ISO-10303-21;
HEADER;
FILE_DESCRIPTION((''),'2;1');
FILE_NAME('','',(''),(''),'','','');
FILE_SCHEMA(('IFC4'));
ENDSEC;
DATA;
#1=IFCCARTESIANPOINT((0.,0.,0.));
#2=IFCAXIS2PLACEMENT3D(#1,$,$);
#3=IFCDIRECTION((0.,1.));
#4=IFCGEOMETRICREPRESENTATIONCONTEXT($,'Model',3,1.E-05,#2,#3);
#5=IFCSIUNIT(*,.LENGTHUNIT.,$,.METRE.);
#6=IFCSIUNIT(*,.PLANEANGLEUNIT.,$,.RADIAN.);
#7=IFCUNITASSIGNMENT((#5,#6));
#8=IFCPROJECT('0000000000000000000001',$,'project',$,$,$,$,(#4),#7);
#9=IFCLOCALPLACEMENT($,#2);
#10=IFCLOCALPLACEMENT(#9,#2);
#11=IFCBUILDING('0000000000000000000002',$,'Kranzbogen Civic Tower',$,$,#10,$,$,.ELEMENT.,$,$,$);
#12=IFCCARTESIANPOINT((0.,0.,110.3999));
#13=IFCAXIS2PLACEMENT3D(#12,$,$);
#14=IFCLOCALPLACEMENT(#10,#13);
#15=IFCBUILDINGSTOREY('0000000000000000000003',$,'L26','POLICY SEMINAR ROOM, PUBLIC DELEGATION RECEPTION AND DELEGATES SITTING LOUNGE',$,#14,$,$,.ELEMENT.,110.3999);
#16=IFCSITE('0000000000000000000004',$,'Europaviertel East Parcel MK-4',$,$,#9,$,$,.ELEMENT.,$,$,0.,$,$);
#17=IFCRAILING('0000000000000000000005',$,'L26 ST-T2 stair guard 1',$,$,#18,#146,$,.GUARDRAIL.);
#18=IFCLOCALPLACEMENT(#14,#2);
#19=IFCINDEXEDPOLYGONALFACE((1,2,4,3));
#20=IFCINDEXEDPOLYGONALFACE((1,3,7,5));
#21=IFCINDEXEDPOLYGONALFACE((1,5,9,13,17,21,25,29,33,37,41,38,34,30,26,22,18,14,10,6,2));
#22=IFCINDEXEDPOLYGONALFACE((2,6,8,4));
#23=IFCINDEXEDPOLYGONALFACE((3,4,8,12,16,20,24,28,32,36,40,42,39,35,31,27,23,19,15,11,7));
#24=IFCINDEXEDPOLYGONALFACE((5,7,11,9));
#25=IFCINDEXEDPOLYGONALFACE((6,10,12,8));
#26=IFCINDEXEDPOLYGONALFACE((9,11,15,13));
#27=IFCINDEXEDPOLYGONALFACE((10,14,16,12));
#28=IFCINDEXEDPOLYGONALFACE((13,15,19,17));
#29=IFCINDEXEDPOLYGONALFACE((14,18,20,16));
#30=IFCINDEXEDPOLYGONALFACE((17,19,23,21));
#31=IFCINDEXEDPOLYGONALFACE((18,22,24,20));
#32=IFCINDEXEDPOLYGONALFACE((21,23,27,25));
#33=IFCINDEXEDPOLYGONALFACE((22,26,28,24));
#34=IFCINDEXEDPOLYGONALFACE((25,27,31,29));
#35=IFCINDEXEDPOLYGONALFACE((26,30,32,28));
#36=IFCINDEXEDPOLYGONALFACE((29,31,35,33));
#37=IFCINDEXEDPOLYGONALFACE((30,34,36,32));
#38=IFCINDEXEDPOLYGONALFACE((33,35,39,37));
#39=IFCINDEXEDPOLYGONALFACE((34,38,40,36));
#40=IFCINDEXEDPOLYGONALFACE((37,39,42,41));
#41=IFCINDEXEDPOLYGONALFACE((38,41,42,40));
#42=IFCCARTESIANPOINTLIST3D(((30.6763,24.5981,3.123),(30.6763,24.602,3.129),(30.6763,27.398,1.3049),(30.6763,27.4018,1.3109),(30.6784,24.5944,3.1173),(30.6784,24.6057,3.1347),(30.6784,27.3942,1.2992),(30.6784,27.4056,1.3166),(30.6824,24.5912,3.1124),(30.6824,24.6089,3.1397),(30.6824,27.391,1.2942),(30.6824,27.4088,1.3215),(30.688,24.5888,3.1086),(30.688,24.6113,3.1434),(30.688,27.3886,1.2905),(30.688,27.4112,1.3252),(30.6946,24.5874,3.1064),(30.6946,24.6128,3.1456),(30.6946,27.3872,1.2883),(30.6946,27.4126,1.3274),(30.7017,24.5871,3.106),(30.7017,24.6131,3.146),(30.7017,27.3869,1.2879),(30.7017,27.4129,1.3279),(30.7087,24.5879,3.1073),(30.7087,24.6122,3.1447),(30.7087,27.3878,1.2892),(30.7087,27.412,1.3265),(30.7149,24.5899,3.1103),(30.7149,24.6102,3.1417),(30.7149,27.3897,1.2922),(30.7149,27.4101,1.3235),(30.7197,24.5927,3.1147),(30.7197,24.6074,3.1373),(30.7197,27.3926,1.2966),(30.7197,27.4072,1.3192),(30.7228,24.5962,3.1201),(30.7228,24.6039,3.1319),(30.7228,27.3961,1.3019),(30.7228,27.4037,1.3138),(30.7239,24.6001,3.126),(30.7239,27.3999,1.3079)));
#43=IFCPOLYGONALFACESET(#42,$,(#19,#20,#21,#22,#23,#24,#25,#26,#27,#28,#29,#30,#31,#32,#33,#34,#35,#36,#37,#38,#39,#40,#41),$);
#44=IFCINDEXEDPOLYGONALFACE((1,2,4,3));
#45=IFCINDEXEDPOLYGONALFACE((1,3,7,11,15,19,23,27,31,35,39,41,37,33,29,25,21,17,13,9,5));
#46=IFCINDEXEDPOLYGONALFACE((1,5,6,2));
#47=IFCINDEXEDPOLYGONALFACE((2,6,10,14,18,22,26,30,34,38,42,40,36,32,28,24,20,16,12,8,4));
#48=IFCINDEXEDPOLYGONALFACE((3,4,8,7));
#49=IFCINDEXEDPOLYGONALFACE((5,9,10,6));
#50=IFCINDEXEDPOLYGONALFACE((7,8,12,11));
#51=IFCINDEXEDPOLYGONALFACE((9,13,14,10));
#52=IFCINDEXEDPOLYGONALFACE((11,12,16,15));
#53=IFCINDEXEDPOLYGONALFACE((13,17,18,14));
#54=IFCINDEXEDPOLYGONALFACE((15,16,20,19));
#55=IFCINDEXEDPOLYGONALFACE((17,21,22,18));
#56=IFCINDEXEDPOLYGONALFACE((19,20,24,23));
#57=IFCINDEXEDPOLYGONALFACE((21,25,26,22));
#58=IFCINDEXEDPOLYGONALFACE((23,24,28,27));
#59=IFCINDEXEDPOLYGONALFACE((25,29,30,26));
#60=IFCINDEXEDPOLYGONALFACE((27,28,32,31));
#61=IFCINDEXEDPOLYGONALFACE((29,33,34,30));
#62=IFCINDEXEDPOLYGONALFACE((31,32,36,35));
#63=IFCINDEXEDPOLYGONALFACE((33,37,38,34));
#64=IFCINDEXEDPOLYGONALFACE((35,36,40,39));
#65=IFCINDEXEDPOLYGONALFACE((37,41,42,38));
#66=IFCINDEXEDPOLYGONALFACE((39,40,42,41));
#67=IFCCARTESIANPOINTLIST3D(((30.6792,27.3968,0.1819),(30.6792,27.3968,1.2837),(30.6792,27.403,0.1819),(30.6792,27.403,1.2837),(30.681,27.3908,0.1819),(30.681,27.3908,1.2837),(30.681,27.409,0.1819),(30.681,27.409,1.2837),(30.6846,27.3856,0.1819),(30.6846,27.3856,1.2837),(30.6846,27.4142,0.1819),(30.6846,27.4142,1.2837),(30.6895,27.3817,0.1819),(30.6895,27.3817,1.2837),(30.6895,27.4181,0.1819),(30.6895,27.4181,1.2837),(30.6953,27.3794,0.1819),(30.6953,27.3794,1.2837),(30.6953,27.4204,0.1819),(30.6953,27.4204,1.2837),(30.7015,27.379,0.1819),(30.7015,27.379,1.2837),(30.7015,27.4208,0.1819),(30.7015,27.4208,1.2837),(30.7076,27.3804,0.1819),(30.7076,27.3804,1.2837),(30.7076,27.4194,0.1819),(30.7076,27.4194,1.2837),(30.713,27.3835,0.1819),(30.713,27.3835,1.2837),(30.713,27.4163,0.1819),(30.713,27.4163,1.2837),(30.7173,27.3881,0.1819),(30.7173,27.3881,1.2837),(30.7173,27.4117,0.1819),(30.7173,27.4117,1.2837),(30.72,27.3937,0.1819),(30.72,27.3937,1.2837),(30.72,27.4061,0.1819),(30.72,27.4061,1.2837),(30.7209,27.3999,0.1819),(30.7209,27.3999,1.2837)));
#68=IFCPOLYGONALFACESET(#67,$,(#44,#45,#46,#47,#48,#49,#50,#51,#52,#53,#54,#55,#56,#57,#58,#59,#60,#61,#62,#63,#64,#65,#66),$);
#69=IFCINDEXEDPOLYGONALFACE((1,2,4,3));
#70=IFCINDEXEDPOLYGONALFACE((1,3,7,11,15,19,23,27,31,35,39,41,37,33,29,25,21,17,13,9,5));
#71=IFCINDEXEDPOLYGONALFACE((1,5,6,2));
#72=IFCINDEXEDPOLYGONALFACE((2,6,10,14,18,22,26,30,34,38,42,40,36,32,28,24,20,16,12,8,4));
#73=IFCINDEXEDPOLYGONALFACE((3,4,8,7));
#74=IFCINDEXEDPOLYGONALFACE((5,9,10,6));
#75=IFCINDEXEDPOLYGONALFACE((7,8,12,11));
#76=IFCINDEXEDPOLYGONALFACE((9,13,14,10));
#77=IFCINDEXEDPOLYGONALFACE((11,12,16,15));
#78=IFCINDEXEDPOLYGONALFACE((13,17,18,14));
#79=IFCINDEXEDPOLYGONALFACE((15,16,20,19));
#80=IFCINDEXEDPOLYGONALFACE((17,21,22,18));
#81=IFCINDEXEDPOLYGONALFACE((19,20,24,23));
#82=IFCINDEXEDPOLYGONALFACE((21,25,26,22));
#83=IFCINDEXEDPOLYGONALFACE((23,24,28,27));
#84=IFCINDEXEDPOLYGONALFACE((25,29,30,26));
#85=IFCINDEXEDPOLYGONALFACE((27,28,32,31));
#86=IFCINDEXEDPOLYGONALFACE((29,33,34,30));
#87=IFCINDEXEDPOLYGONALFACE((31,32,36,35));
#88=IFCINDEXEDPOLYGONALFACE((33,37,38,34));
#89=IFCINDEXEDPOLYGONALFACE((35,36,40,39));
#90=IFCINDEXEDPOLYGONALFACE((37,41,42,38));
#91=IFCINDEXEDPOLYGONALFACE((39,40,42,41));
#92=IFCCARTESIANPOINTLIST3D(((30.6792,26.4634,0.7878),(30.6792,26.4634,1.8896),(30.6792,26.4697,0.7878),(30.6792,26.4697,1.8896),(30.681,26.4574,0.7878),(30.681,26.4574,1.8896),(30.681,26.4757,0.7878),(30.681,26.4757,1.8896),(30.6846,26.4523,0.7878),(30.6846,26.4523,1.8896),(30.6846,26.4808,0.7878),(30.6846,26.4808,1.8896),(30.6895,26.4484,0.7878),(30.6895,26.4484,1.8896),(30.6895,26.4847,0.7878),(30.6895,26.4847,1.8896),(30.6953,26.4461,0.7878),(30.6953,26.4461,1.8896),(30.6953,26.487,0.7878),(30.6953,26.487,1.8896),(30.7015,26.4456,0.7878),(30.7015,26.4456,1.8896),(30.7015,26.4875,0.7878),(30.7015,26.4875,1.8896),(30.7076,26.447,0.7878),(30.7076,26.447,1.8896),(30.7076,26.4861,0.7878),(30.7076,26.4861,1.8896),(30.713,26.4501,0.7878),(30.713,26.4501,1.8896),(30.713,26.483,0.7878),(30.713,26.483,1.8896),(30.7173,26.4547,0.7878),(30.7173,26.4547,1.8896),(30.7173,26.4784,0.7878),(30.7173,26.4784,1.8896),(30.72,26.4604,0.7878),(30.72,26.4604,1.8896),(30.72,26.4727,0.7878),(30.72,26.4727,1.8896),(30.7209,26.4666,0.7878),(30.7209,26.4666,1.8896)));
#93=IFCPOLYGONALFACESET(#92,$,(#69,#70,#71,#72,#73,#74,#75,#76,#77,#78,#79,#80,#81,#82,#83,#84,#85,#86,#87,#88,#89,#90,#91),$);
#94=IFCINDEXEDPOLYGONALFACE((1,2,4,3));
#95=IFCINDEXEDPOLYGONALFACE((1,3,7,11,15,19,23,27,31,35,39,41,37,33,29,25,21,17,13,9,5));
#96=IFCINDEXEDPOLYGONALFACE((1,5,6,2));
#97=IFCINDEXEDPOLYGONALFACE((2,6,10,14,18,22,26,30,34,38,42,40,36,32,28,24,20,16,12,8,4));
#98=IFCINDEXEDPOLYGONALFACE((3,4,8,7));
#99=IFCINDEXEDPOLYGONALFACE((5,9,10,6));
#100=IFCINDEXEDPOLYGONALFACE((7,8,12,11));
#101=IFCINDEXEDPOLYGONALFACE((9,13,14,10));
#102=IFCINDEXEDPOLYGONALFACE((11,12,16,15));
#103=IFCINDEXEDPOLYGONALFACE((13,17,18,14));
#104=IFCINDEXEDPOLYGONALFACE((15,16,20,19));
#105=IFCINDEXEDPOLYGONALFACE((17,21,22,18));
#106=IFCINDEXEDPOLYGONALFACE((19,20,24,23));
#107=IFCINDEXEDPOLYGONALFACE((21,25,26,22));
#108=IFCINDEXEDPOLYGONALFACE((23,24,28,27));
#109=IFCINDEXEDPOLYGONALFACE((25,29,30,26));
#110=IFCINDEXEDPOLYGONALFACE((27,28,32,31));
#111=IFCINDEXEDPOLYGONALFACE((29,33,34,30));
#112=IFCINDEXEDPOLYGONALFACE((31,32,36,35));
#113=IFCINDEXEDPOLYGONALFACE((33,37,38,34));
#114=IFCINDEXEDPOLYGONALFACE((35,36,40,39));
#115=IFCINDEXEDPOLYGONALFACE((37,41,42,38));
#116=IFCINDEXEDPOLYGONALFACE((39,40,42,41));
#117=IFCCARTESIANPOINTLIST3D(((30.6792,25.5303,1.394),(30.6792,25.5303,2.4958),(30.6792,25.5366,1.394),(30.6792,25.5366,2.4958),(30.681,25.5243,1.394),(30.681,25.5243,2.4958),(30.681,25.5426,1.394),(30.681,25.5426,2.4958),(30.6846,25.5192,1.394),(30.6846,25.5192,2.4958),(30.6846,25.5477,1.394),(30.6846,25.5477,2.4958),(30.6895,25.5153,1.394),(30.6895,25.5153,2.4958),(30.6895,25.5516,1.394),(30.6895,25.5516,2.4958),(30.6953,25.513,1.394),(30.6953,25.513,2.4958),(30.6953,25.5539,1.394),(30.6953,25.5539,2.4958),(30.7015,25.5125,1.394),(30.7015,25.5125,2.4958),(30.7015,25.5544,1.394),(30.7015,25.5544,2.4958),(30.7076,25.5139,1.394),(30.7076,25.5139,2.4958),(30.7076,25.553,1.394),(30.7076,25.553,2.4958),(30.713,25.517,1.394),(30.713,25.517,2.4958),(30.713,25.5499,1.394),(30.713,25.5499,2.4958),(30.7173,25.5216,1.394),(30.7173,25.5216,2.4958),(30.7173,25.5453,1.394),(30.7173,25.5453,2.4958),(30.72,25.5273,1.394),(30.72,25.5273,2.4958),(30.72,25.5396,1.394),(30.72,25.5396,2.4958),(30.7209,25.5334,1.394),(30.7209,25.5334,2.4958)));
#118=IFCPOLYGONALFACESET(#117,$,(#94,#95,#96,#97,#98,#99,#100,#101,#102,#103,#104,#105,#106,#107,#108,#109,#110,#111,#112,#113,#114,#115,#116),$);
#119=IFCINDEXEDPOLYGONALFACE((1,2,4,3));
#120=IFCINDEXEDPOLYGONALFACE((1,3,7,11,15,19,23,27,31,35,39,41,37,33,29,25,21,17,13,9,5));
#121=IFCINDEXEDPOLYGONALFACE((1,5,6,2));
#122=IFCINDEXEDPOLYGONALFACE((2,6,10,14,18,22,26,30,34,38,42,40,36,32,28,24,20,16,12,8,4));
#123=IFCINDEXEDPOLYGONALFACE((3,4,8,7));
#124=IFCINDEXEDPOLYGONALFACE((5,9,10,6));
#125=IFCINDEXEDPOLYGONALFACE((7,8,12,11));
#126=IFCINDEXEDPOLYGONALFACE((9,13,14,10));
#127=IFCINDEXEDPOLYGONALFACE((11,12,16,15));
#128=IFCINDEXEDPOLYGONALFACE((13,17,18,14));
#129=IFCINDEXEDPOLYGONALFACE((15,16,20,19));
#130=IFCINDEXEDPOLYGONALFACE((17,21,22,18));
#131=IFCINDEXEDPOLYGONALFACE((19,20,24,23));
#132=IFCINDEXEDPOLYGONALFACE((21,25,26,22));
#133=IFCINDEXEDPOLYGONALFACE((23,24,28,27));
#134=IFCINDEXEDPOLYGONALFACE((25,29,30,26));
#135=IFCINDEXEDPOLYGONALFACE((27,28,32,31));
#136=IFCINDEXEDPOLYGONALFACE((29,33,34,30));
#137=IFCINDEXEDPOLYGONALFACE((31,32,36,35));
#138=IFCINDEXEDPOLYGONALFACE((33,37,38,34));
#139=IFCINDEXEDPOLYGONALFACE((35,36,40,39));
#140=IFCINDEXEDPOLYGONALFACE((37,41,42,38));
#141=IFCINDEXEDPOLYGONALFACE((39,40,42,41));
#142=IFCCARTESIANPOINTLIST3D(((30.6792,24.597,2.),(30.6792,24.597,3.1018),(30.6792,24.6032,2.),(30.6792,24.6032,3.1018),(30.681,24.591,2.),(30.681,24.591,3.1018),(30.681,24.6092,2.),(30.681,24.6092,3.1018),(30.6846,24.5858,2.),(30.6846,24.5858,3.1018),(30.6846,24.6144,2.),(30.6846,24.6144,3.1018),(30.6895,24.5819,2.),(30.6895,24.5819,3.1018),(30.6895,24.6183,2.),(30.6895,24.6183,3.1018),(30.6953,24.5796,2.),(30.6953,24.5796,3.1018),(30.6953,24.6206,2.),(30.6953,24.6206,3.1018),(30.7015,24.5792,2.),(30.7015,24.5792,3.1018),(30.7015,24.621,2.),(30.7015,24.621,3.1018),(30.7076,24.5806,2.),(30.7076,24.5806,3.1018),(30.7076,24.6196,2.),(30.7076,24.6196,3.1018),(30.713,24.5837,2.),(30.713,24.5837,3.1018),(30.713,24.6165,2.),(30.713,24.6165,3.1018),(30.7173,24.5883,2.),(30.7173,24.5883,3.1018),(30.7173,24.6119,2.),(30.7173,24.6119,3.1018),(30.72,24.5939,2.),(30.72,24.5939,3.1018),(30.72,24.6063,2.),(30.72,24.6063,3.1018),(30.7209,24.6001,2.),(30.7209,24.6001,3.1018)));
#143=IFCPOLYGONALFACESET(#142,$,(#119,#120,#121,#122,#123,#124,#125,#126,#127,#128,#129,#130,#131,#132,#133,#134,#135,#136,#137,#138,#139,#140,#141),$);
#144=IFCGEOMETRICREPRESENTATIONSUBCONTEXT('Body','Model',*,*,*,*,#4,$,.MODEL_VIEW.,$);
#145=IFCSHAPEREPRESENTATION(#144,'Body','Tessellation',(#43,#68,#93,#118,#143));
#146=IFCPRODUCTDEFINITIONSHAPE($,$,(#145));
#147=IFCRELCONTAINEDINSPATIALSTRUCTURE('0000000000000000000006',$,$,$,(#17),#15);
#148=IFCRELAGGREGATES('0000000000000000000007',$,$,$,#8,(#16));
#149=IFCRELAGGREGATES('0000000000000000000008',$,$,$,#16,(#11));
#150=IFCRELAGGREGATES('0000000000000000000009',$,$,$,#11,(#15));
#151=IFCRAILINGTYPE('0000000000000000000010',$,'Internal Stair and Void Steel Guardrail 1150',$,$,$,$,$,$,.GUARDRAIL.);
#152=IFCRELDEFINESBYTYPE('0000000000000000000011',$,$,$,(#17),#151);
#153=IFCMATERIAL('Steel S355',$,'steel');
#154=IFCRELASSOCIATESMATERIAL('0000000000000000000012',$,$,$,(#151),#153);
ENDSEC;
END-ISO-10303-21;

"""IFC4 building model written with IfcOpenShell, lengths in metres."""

from ifc_helpers import new_model, si_unit, direction, frame, origin, origin_2d, place, context, subcontext, project, spatial, circle, extrude, material, type_object, element, save


model = new_model("IFC4")

# Units and contexts
model_context = context("Model", 3, precision=1e-05, world=origin(), true_north=direction((0.0, 1.0)))
body_context = subcontext(model_context, "Body", "Model", "MODEL_VIEW")
ifc_project = project(units=[si_unit("LENGTHUNIT", "METRE"), si_unit("PLANEANGLEUNIT", "RADIAN")], contexts=[model_context])

# Site, building, storey
site_placement = place(None, origin())
site = spatial("IfcSite", under=ifc_project, at=site_placement, Name="Europaviertel East Parcel MK-4", CompositionType="ELEMENT", RefElevation=0.0)
building_placement = place(site_placement, origin())
building = spatial("IfcBuilding", under=site, at=building_placement, Name="Kranzbogen Civic Tower", CompositionType="ELEMENT")
storey_placement = place(building_placement, frame((0.0, 0.0, 110.3999)))
storey = spatial("IfcBuildingStorey", under=building, at=storey_placement, Name="L26", Description="POLICY SEMINAR ROOM, PUBLIC DELEGATION RECEPTION AND DELEGATES SITTING LOUNGE", CompositionType="ELEMENT", Elevation=110.3999)

# Shared definitions
ifc_material_1 = material(Name="Steel S355", Category="steel")

# Railing
railing_type_1 = type_object("IfcRailingType", Name="Internal Stair and Void Steel Guardrail 1150", PredefinedType="GUARDRAIL", material=ifc_material_1)
railing_1_placement = place(storey_placement, frame((30.7, 27.3999, 0.1819)))
element("IfcRailing", 1, at=railing_1_placement, inside=storey, type_object=railing_type_1, Name="L26 ST-T2 stair guard 1", PredefinedType="GUARDRAIL", context=body_context, shape_type="SweptSolid", body=[
    extrude(circle(Radius=0.0239, at=origin_2d()), frame((0.0, 0.0, 1.126), z_axis=(0.0, -0.838684, 0.544618), x_axis=(1.0, 0.0, 0.0)), (0.0, 0.0, 1.0), 3.3384),
    extrude(circle(Radius=0.021, at=origin_2d()), origin(), (0.0, 0.0, 1.0), 1.1018),
    extrude(circle(Radius=0.021, at=origin_2d()), frame((0.0, -0.9333, 0.606)), (0.0, 0.0, 1.0), 1.1018),
    extrude(circle(Radius=0.021, at=origin_2d()), frame((0.0, -1.8665, 1.2122)), (0.0, 0.0, 1.0), 1.1018),
    extrude(circle(Radius=0.021, at=origin_2d()), frame((0.0, -2.7998, 1.8181)), (0.0, 0.0, 1.0), 1.1018),
])

save(model, "model.ifc")
